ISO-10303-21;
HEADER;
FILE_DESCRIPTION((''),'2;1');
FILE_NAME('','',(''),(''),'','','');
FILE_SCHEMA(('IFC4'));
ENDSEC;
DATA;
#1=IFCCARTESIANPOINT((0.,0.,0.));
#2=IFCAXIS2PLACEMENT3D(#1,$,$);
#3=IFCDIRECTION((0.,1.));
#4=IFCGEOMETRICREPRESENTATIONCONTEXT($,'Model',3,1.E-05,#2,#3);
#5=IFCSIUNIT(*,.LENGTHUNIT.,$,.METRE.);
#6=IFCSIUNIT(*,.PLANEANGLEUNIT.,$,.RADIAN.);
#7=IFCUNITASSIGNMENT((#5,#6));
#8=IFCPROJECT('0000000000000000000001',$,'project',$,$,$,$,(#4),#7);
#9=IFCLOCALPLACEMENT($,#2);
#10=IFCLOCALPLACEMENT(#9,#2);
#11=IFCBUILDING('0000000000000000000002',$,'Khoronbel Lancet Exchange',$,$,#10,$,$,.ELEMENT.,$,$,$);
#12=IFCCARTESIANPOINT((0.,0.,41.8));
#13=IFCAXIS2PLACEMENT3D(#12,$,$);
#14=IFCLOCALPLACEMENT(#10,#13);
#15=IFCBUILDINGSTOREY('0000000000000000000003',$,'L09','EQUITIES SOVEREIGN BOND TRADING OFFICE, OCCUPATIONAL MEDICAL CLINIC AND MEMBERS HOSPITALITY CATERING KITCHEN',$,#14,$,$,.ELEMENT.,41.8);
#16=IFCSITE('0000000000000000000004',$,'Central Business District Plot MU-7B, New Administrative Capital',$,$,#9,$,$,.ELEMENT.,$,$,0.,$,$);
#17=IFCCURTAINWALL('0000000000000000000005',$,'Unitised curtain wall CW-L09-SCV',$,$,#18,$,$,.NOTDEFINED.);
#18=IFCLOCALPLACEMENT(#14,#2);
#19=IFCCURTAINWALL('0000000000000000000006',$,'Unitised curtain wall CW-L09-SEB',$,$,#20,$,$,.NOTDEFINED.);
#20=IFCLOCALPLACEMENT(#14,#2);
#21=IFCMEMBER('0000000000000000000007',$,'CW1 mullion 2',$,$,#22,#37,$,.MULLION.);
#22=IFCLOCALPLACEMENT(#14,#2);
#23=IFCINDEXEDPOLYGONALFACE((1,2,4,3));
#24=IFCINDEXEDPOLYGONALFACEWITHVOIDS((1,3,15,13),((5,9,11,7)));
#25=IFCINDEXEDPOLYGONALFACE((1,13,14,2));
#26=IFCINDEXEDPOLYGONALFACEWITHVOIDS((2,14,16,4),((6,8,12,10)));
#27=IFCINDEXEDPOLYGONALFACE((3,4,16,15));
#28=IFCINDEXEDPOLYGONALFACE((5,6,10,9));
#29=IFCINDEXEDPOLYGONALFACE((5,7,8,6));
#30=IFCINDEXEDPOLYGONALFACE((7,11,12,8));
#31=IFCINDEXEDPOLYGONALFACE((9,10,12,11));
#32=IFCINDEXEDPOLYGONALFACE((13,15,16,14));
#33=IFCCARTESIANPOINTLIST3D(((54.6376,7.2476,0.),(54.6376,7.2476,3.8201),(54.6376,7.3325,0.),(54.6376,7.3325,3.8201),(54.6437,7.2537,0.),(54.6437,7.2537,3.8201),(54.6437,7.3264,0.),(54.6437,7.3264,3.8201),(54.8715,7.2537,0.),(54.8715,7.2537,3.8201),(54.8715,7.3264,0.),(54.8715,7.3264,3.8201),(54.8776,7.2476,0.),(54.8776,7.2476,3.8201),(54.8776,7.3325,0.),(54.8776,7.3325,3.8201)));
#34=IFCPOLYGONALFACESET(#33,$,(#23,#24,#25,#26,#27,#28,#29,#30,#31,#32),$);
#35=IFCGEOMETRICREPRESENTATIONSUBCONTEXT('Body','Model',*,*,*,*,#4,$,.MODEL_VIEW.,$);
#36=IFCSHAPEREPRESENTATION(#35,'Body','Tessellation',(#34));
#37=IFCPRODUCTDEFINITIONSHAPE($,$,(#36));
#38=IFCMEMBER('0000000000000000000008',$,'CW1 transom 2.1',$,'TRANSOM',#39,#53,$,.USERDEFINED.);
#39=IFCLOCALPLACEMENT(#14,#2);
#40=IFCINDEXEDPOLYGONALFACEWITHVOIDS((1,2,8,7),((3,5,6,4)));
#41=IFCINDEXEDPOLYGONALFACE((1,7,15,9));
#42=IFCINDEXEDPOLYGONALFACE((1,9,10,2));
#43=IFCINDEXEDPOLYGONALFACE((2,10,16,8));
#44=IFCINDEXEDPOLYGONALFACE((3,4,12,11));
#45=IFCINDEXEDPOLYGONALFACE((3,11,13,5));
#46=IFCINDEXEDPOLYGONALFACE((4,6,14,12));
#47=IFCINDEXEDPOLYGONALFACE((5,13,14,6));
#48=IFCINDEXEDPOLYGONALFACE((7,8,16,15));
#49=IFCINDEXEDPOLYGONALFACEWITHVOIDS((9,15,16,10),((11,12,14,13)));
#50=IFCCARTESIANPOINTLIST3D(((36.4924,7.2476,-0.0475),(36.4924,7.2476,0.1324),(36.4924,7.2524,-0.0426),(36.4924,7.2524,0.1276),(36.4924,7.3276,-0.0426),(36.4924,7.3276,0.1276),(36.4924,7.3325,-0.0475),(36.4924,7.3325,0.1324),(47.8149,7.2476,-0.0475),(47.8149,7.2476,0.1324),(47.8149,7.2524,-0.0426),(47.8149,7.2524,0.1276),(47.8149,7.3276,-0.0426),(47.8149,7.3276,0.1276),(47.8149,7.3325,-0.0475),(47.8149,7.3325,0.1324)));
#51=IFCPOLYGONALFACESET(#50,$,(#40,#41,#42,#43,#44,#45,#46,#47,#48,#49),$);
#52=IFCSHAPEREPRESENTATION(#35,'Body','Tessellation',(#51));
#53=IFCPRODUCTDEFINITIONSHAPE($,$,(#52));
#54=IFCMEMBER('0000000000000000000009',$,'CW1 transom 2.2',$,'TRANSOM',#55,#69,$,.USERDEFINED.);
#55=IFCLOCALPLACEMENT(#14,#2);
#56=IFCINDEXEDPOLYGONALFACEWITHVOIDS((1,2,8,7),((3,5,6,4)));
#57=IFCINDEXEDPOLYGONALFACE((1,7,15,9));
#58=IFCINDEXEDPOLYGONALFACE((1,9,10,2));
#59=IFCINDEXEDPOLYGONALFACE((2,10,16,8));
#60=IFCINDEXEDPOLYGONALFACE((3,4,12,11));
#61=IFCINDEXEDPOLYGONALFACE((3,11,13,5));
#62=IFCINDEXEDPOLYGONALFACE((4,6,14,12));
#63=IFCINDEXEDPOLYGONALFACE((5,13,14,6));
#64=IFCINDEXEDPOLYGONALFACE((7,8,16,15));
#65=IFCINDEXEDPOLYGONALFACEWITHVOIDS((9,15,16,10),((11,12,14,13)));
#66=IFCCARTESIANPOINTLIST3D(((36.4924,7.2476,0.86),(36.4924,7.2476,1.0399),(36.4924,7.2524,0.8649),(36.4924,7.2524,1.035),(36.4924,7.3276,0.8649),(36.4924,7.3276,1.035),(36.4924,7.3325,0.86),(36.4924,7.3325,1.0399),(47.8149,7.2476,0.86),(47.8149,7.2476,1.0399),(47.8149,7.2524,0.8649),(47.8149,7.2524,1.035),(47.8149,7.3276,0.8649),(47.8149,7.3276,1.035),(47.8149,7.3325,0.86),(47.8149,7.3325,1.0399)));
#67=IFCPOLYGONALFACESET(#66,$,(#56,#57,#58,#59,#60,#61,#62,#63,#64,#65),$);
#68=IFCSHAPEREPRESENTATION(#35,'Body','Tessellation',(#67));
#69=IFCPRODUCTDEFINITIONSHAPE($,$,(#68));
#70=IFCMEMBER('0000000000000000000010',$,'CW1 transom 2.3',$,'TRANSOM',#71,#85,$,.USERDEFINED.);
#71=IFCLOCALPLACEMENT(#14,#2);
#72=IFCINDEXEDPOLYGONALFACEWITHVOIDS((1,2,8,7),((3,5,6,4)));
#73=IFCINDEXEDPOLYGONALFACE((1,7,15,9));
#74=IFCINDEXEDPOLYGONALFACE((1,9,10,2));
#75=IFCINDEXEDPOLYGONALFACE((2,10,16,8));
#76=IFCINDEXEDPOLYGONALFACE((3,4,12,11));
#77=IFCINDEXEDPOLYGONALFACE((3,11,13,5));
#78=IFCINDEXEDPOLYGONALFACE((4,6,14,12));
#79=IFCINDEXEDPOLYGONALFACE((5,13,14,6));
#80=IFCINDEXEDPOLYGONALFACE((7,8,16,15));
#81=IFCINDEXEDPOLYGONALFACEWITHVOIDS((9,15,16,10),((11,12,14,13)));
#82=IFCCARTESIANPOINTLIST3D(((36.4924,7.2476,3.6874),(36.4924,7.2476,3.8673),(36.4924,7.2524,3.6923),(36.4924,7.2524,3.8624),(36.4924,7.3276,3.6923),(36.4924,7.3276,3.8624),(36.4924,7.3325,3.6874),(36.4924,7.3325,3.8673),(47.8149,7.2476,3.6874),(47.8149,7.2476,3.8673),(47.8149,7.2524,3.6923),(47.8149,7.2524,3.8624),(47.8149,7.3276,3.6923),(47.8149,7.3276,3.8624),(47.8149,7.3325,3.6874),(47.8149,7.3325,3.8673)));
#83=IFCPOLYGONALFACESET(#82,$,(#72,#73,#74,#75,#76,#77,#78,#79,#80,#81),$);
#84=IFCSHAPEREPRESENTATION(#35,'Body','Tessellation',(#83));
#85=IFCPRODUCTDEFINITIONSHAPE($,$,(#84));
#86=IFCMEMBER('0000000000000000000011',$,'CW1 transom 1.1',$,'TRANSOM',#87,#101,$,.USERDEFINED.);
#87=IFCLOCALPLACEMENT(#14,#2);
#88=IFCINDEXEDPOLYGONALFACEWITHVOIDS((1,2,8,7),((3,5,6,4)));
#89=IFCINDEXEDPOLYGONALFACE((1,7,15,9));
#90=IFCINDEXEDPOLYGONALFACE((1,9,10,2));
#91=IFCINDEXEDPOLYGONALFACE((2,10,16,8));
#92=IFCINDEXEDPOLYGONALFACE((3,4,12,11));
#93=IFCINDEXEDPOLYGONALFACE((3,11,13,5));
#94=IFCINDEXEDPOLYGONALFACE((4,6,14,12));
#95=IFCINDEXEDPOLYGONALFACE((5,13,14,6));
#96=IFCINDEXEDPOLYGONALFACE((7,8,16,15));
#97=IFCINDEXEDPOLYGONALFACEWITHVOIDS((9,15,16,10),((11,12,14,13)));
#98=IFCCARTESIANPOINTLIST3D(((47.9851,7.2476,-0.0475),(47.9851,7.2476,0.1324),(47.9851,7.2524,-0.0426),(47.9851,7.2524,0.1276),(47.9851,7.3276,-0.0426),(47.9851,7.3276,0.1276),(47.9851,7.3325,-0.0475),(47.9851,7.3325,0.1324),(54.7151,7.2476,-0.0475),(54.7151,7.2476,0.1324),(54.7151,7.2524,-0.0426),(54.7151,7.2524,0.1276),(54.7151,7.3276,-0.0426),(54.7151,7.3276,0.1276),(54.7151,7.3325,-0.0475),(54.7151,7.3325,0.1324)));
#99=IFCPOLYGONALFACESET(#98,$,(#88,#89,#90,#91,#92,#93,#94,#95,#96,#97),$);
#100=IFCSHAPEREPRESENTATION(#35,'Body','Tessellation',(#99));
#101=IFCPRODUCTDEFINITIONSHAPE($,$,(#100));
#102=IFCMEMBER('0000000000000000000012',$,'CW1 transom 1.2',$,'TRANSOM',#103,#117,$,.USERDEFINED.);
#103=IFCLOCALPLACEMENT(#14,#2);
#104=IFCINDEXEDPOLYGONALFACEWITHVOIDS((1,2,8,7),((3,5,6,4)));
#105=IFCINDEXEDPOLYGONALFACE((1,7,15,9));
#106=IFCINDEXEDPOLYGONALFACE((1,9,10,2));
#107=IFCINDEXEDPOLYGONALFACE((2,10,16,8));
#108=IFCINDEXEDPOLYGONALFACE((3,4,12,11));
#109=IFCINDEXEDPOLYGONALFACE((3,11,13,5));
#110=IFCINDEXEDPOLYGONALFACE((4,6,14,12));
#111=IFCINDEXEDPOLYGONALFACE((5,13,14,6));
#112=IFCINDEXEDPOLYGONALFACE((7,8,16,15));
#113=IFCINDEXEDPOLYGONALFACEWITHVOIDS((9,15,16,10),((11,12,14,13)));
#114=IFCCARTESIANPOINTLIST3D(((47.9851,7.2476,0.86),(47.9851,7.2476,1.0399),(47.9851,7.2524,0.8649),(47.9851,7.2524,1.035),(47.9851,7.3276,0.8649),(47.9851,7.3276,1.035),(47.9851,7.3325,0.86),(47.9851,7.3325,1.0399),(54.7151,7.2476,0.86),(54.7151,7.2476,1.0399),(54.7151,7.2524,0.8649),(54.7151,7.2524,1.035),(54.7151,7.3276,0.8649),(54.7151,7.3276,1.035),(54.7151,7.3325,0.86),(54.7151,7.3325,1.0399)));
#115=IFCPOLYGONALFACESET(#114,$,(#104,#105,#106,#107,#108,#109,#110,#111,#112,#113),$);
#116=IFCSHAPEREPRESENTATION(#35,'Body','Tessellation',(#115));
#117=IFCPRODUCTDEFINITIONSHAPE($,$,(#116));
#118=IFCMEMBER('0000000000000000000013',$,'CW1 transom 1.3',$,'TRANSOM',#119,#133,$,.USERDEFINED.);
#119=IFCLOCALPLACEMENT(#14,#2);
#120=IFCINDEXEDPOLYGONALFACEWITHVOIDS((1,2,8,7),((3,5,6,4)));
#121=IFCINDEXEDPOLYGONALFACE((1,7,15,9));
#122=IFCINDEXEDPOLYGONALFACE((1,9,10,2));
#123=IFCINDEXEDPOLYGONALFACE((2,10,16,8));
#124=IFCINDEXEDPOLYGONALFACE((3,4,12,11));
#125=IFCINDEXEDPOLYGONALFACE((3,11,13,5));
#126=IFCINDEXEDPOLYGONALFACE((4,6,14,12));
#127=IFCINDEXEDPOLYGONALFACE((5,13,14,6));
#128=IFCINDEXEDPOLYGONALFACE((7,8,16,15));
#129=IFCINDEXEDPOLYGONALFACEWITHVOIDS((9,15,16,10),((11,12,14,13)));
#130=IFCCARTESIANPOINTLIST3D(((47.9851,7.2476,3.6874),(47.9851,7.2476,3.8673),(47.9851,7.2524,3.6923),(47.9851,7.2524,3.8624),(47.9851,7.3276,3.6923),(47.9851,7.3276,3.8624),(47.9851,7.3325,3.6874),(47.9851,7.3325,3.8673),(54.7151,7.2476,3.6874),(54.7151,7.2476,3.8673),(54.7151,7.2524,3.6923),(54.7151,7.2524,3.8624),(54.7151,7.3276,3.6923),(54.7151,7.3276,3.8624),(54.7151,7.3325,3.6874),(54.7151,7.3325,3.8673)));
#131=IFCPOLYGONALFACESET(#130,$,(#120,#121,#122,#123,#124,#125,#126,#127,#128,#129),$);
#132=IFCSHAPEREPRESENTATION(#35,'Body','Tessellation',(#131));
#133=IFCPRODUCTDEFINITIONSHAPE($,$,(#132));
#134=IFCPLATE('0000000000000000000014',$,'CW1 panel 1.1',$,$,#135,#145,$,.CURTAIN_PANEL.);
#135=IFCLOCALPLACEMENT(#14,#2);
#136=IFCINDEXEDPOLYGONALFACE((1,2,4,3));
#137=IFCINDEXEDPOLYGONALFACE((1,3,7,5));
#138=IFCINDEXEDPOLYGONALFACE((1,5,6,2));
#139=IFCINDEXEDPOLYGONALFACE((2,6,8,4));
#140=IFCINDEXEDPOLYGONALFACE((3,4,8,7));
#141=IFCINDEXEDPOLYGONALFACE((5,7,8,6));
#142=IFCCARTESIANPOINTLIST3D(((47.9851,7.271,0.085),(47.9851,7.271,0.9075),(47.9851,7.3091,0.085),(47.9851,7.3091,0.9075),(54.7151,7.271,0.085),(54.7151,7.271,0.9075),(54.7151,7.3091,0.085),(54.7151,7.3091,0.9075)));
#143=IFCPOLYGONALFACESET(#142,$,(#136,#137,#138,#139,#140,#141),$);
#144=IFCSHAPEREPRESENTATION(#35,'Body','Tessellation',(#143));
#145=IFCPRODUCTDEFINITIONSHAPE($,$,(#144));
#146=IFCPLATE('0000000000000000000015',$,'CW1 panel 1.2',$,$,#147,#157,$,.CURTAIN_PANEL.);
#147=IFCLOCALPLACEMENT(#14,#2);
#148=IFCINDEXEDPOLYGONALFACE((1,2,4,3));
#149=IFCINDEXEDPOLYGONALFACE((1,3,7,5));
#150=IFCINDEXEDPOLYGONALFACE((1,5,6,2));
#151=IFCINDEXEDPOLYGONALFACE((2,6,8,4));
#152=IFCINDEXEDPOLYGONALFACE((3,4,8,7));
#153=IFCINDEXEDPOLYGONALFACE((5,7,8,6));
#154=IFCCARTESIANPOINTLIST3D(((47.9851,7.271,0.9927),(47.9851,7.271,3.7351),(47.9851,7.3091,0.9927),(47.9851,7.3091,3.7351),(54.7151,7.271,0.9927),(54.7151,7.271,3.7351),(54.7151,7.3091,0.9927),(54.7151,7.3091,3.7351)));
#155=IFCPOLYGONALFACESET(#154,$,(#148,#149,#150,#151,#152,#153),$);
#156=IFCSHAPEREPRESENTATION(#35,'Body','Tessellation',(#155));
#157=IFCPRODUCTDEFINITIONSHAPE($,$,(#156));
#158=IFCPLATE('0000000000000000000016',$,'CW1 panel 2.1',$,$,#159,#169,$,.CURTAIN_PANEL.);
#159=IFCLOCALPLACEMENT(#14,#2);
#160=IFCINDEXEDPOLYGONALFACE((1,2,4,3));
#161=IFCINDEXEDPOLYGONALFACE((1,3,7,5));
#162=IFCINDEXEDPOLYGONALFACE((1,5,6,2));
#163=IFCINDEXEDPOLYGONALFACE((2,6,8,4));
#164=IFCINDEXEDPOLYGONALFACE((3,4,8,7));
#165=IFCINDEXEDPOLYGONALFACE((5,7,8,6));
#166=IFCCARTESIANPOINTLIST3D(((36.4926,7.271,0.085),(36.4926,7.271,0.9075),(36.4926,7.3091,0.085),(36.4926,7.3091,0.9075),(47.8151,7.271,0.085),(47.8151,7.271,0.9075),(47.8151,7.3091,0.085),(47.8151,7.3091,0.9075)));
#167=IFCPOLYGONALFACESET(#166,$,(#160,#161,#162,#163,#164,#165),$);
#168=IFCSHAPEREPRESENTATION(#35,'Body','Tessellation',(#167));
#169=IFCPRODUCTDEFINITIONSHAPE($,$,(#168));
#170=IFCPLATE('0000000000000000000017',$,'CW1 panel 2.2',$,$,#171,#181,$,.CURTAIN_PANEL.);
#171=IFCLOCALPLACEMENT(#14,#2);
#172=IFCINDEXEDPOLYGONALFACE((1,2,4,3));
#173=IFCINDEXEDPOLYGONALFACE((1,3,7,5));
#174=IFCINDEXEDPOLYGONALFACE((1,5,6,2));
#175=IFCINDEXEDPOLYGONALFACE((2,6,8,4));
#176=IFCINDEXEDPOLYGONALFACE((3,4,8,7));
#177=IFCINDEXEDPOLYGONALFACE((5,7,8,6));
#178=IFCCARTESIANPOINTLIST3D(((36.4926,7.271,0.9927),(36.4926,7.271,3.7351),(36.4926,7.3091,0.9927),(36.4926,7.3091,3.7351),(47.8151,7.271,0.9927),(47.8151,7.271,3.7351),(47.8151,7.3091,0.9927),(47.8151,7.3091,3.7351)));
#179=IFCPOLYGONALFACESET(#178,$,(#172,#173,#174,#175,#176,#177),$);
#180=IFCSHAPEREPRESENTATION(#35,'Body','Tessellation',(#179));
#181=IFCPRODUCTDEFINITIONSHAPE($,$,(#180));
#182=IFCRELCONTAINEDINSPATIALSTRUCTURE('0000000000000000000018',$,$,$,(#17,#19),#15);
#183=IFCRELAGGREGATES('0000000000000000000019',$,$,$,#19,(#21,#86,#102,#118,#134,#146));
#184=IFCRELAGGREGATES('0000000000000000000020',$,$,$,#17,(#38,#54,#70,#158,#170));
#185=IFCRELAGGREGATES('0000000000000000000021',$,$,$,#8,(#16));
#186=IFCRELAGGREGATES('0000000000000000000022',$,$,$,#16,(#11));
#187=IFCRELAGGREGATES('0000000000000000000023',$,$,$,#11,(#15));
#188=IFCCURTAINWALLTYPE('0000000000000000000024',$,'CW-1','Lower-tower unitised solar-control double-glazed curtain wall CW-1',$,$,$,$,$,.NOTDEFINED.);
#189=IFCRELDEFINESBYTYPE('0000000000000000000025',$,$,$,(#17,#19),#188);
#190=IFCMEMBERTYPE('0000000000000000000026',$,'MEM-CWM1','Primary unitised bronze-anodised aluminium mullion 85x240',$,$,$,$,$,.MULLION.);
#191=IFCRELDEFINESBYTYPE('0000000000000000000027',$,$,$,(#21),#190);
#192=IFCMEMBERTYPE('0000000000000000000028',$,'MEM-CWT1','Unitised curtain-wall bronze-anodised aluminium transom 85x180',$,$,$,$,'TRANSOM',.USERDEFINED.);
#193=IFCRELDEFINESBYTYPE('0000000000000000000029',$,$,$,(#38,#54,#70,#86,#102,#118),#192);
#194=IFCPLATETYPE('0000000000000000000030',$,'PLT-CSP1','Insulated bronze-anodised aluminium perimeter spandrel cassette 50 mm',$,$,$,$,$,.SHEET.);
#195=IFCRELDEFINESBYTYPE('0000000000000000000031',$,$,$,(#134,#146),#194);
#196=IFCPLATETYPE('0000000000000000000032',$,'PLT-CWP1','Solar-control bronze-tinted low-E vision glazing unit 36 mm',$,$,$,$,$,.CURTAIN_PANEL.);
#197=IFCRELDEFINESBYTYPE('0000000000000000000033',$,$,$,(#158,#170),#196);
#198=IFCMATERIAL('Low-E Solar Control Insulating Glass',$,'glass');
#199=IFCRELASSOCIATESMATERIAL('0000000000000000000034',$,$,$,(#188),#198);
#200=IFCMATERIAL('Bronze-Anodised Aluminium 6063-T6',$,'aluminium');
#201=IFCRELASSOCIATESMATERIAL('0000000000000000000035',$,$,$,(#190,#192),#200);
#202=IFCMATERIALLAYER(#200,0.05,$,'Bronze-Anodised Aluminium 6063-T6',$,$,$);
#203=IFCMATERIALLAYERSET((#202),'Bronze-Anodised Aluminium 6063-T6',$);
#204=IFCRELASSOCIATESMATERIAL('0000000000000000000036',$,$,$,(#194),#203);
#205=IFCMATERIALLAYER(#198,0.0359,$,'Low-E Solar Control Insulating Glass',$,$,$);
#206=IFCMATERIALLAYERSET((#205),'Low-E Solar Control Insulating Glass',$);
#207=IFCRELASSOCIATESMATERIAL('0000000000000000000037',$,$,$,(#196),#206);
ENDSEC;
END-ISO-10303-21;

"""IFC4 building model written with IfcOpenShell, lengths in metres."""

from ifc_helpers import new_model, si_unit, direction, frame, origin, origin_2d, place, context, subcontext, project, spatial, rectangle, hollow_rectangle, extrude, material, layer, layer_set, material_profile, profile_set, type_object, element, aggregate, save


model = new_model("IFC4")

# Units and contexts
model_context = context("Model", 3, precision=1e-05, world=origin(), true_north=direction((0.0, 1.0)))
body_context = subcontext(model_context, "Body", "Model", "MODEL_VIEW")
ifc_project = project(units=[si_unit("LENGTHUNIT", "METRE"), si_unit("PLANEANGLEUNIT", "RADIAN")], contexts=[model_context])

# Site, building, storey
site_placement = place(None, origin())
site = spatial("IfcSite", under=ifc_project, at=site_placement, Name="Central Business District Plot MU-7B, New Administrative Capital", CompositionType="ELEMENT", RefElevation=0.0)
building_placement = place(site_placement, origin())
building = spatial("IfcBuilding", under=site, at=building_placement, Name="Khoronbel Lancet Exchange", CompositionType="ELEMENT")
storey_placement = place(building_placement, frame((0.0, 0.0, 41.8)))
storey = spatial("IfcBuildingStorey", under=building, at=storey_placement, Name="L09", Description="EQUITIES SOVEREIGN BOND TRADING OFFICE, OCCUPATIONAL MEDICAL CLINIC AND MEMBERS HOSPITALITY CATERING KITCHEN", CompositionType="ELEMENT", Elevation=41.8)

# Curtain walls, member
ifc_material_1 = material(Name="Low-E Solar Control Insulating Glass", Category="glass")
curtain_wall_type = type_object("IfcCurtainWallType", Name="CW-1", Description="Lower-tower unitised solar-control double-glazed curtain wall CW-1", PredefinedType="NOTDEFINED", material=ifc_material_1)
curtain_wall_1_placement = place(storey_placement, origin())
curtain_wall_1 = element("IfcCurtainWall", 1, at=curtain_wall_1_placement, inside=storey, type_object=curtain_wall_type, Name="Unitised curtain wall CW-L09-SCV", PredefinedType="NOTDEFINED")
ifc_material_2 = material(Name="Bronze-Anodised Aluminium 6063-T6", Category="aluminium")
ifc_material_profile_1 = material_profile(ifc_material_2, hollow_rectangle(XDim=0.085, YDim=0.24, WallThickness=0.0061, at=origin_2d()), Name="ALU MULLION 85x240")
ifc_profile_set_1 = profile_set([ifc_material_profile_1], Name="Bronze-Anodised Aluminium 6063-T6")
member_type_1 = type_object("IfcMemberType", Name="MEM-CWM1", Description="Primary unitised bronze-anodised aluminium mullion 85x240", PredefinedType="MULLION", material=ifc_profile_set_1)
curtain_wall_2_placement = place(storey_placement, origin())
curtain_wall_2 = element("IfcCurtainWall", 2, at=curtain_wall_2_placement, inside=storey, type_object=curtain_wall_type, Name="Unitised curtain wall CW-L09-SEB", PredefinedType="NOTDEFINED")
member_1_placement = place(storey_placement, frame((54.7576, 7.29, 0.0), z_axis=(0.0, 0.0, 1.0), x_axis=(0.0, 1.0, 0.0)))
member_1 = element("IfcMember", 3, at=member_1_placement, type_object=member_type_1, Name="CW1 mullion 2", PredefinedType="MULLION", context=body_context, shape_type="SweptSolid", body=[
    extrude(hollow_rectangle(XDim=0.085, YDim=0.24, WallThickness=0.0061, at=origin_2d()), origin(), (0.0, 0.0, 1.0), 3.8201),
])

# Members
ifc_material_profile_2 = material_profile(ifc_material_2, hollow_rectangle(XDim=0.085, YDim=0.1799, WallThickness=0.0049, at=origin_2d()), Name="ALU TRANSOM 85x180")
ifc_profile_set_2 = profile_set([ifc_material_profile_2], Name="Bronze-Anodised Aluminium 6063-T6")
member_type_2 = type_object("IfcMemberType", Name="MEM-CWT1", Description="Unitised curtain-wall bronze-anodised aluminium transom 85x180", ElementType="TRANSOM", PredefinedType="USERDEFINED", material=ifc_profile_set_2)
member_2_placement = place(storey_placement, frame((36.4924, 7.29, 0.0425), z_axis=(1.0, 0.0, 0.0), x_axis=(0.0, 1.0, 0.0)))
member_2 = element("IfcMember", 4, at=member_2_placement, type_object=member_type_2, Name="CW1 transom 2.1", ObjectType="TRANSOM", PredefinedType="USERDEFINED", context=body_context, shape_type="SweptSolid", body=[
    extrude(hollow_rectangle(XDim=0.085, YDim=0.1799, WallThickness=0.0049, at=origin_2d()), origin(), (0.0, 0.0, 1.0), 11.3225),
])
member_3_placement = place(storey_placement, frame((36.4924, 7.29, 0.95), z_axis=(1.0, 0.0, 0.0), x_axis=(0.0, 1.0, 0.0)))
member_3 = element("IfcMember", 5, at=member_3_placement, type_object=member_type_2, Name="CW1 transom 2.2", ObjectType="TRANSOM", PredefinedType="USERDEFINED", context=body_context, shape_type="SweptSolid", body=[
    extrude(hollow_rectangle(XDim=0.085, YDim=0.1799, WallThickness=0.0049, at=origin_2d()), origin(), (0.0, 0.0, 1.0), 11.3225),
])
member_4_placement = place(storey_placement, frame((36.4924, 7.29, 3.7773), z_axis=(1.0, 0.0, 0.0), x_axis=(0.0, 1.0, 0.0)))
member_4 = element("IfcMember", 6, at=member_4_placement, type_object=member_type_2, Name="CW1 transom 2.3", ObjectType="TRANSOM", PredefinedType="USERDEFINED", context=body_context, shape_type="SweptSolid", body=[
    extrude(hollow_rectangle(XDim=0.085, YDim=0.1799, WallThickness=0.0049, at=origin_2d()), origin(), (0.0, 0.0, 1.0), 11.3225),
])
member_5_placement = place(storey_placement, frame((47.9851, 7.29, 0.0425), z_axis=(1.0, 0.0, 0.0), x_axis=(0.0, 1.0, 0.0)))
member_5 = element("IfcMember", 7, at=member_5_placement, type_object=member_type_2, Name="CW1 transom 1.1", ObjectType="TRANSOM", PredefinedType="USERDEFINED", context=body_context, shape_type="SweptSolid", body=[
    extrude(hollow_rectangle(XDim=0.085, YDim=0.1799, WallThickness=0.0049, at=origin_2d()), origin(), (0.0, 0.0, 1.0), 6.73),
])
member_6_placement = place(storey_placement, frame((47.9851, 7.29, 0.95), z_axis=(1.0, 0.0, 0.0), x_axis=(0.0, 1.0, 0.0)))
member_6 = element("IfcMember", 8, at=member_6_placement, type_object=member_type_2, Name="CW1 transom 1.2", ObjectType="TRANSOM", PredefinedType="USERDEFINED", context=body_context, shape_type="SweptSolid", body=[
    extrude(hollow_rectangle(XDim=0.085, YDim=0.1799, WallThickness=0.0049, at=origin_2d()), origin(), (0.0, 0.0, 1.0), 6.73),
])
member_7_placement = place(storey_placement, frame((47.9851, 7.29, 3.7773), z_axis=(1.0, 0.0, 0.0), x_axis=(0.0, 1.0, 0.0)))
member_7 = element("IfcMember", 9, at=member_7_placement, type_object=member_type_2, Name="CW1 transom 1.3", ObjectType="TRANSOM", PredefinedType="USERDEFINED", context=body_context, shape_type="SweptSolid", body=[
    extrude(hollow_rectangle(XDim=0.085, YDim=0.1799, WallThickness=0.0049, at=origin_2d()), origin(), (0.0, 0.0, 1.0), 6.73),
])

# Plates
ifc_layer_1 = layer(ifc_material_2, 0.05, Name="Bronze-Anodised Aluminium 6063-T6")
ifc_layer_set_1 = layer_set([ifc_layer_1], Name="Bronze-Anodised Aluminium 6063-T6")
plate_type_1 = type_object("IfcPlateType", Name="PLT-CSP1", Description="Insulated bronze-anodised aluminium perimeter spandrel cassette 50 mm", PredefinedType="SHEET", material=ifc_layer_set_1)
plate_1_placement = place(storey_placement, frame((51.3501, 7.29, 0.085), z_axis=(0.0, 0.0, 1.0), x_axis=(1.0, 0.0, 0.0)))
plate_1 = element("IfcPlate", 10, at=plate_1_placement, type_object=plate_type_1, Name="CW1 panel 1.1", PredefinedType="CURTAIN_PANEL", context=body_context, shape_type="SweptSolid", body=[
    extrude(rectangle(XDim=6.73, YDim=0.0381, at=origin_2d()), origin(), (0.0, 0.0, 1.0), 0.8225),
])
plate_2_placement = place(storey_placement, frame((51.3501, 7.29, 0.9927), z_axis=(0.0, 0.0, 1.0), x_axis=(1.0, 0.0, 0.0)))
plate_2 = element("IfcPlate", 11, at=plate_2_placement, type_object=plate_type_1, Name="CW1 panel 1.2", PredefinedType="CURTAIN_PANEL", context=body_context, shape_type="SweptSolid", body=[
    extrude(rectangle(XDim=6.73, YDim=0.0381, at=origin_2d()), origin(), (0.0, 0.0, 1.0), 2.7424),
])
aggregate(curtain_wall_2, [member_1, member_5, member_6, member_7, plate_1, plate_2])
ifc_layer_2 = layer(ifc_material_1, 0.0359, Name="Low-E Solar Control Insulating Glass")
ifc_layer_set_2 = layer_set([ifc_layer_2], Name="Low-E Solar Control Insulating Glass")
plate_type_2 = type_object("IfcPlateType", Name="PLT-CWP1", Description="Solar-control bronze-tinted low-E vision glazing unit 36 mm", PredefinedType="CURTAIN_PANEL", material=ifc_layer_set_2)
plate_3_placement = place(storey_placement, frame((42.1538, 7.29, 0.085), z_axis=(0.0, 0.0, 1.0), x_axis=(1.0, 0.0, 0.0)))
plate_3 = element("IfcPlate", 12, at=plate_3_placement, type_object=plate_type_2, Name="CW1 panel 2.1", PredefinedType="CURTAIN_PANEL", context=body_context, shape_type="SweptSolid", body=[
    extrude(rectangle(XDim=11.3225, YDim=0.0381, at=origin_2d()), origin(), (0.0, 0.0, 1.0), 0.8225),
])
plate_4_placement = place(storey_placement, frame((42.1538, 7.29, 0.9927), z_axis=(0.0, 0.0, 1.0), x_axis=(1.0, 0.0, 0.0)))
plate_4 = element("IfcPlate", 13, at=plate_4_placement, type_object=plate_type_2, Name="CW1 panel 2.2", PredefinedType="CURTAIN_PANEL", context=body_context, shape_type="SweptSolid", body=[
    extrude(rectangle(XDim=11.3225, YDim=0.0381, at=origin_2d()), origin(), (0.0, 0.0, 1.0), 2.7424),
])
aggregate(curtain_wall_1, [member_2, member_3, member_4, plate_3, plate_4])

save(model, "model.ifc")
